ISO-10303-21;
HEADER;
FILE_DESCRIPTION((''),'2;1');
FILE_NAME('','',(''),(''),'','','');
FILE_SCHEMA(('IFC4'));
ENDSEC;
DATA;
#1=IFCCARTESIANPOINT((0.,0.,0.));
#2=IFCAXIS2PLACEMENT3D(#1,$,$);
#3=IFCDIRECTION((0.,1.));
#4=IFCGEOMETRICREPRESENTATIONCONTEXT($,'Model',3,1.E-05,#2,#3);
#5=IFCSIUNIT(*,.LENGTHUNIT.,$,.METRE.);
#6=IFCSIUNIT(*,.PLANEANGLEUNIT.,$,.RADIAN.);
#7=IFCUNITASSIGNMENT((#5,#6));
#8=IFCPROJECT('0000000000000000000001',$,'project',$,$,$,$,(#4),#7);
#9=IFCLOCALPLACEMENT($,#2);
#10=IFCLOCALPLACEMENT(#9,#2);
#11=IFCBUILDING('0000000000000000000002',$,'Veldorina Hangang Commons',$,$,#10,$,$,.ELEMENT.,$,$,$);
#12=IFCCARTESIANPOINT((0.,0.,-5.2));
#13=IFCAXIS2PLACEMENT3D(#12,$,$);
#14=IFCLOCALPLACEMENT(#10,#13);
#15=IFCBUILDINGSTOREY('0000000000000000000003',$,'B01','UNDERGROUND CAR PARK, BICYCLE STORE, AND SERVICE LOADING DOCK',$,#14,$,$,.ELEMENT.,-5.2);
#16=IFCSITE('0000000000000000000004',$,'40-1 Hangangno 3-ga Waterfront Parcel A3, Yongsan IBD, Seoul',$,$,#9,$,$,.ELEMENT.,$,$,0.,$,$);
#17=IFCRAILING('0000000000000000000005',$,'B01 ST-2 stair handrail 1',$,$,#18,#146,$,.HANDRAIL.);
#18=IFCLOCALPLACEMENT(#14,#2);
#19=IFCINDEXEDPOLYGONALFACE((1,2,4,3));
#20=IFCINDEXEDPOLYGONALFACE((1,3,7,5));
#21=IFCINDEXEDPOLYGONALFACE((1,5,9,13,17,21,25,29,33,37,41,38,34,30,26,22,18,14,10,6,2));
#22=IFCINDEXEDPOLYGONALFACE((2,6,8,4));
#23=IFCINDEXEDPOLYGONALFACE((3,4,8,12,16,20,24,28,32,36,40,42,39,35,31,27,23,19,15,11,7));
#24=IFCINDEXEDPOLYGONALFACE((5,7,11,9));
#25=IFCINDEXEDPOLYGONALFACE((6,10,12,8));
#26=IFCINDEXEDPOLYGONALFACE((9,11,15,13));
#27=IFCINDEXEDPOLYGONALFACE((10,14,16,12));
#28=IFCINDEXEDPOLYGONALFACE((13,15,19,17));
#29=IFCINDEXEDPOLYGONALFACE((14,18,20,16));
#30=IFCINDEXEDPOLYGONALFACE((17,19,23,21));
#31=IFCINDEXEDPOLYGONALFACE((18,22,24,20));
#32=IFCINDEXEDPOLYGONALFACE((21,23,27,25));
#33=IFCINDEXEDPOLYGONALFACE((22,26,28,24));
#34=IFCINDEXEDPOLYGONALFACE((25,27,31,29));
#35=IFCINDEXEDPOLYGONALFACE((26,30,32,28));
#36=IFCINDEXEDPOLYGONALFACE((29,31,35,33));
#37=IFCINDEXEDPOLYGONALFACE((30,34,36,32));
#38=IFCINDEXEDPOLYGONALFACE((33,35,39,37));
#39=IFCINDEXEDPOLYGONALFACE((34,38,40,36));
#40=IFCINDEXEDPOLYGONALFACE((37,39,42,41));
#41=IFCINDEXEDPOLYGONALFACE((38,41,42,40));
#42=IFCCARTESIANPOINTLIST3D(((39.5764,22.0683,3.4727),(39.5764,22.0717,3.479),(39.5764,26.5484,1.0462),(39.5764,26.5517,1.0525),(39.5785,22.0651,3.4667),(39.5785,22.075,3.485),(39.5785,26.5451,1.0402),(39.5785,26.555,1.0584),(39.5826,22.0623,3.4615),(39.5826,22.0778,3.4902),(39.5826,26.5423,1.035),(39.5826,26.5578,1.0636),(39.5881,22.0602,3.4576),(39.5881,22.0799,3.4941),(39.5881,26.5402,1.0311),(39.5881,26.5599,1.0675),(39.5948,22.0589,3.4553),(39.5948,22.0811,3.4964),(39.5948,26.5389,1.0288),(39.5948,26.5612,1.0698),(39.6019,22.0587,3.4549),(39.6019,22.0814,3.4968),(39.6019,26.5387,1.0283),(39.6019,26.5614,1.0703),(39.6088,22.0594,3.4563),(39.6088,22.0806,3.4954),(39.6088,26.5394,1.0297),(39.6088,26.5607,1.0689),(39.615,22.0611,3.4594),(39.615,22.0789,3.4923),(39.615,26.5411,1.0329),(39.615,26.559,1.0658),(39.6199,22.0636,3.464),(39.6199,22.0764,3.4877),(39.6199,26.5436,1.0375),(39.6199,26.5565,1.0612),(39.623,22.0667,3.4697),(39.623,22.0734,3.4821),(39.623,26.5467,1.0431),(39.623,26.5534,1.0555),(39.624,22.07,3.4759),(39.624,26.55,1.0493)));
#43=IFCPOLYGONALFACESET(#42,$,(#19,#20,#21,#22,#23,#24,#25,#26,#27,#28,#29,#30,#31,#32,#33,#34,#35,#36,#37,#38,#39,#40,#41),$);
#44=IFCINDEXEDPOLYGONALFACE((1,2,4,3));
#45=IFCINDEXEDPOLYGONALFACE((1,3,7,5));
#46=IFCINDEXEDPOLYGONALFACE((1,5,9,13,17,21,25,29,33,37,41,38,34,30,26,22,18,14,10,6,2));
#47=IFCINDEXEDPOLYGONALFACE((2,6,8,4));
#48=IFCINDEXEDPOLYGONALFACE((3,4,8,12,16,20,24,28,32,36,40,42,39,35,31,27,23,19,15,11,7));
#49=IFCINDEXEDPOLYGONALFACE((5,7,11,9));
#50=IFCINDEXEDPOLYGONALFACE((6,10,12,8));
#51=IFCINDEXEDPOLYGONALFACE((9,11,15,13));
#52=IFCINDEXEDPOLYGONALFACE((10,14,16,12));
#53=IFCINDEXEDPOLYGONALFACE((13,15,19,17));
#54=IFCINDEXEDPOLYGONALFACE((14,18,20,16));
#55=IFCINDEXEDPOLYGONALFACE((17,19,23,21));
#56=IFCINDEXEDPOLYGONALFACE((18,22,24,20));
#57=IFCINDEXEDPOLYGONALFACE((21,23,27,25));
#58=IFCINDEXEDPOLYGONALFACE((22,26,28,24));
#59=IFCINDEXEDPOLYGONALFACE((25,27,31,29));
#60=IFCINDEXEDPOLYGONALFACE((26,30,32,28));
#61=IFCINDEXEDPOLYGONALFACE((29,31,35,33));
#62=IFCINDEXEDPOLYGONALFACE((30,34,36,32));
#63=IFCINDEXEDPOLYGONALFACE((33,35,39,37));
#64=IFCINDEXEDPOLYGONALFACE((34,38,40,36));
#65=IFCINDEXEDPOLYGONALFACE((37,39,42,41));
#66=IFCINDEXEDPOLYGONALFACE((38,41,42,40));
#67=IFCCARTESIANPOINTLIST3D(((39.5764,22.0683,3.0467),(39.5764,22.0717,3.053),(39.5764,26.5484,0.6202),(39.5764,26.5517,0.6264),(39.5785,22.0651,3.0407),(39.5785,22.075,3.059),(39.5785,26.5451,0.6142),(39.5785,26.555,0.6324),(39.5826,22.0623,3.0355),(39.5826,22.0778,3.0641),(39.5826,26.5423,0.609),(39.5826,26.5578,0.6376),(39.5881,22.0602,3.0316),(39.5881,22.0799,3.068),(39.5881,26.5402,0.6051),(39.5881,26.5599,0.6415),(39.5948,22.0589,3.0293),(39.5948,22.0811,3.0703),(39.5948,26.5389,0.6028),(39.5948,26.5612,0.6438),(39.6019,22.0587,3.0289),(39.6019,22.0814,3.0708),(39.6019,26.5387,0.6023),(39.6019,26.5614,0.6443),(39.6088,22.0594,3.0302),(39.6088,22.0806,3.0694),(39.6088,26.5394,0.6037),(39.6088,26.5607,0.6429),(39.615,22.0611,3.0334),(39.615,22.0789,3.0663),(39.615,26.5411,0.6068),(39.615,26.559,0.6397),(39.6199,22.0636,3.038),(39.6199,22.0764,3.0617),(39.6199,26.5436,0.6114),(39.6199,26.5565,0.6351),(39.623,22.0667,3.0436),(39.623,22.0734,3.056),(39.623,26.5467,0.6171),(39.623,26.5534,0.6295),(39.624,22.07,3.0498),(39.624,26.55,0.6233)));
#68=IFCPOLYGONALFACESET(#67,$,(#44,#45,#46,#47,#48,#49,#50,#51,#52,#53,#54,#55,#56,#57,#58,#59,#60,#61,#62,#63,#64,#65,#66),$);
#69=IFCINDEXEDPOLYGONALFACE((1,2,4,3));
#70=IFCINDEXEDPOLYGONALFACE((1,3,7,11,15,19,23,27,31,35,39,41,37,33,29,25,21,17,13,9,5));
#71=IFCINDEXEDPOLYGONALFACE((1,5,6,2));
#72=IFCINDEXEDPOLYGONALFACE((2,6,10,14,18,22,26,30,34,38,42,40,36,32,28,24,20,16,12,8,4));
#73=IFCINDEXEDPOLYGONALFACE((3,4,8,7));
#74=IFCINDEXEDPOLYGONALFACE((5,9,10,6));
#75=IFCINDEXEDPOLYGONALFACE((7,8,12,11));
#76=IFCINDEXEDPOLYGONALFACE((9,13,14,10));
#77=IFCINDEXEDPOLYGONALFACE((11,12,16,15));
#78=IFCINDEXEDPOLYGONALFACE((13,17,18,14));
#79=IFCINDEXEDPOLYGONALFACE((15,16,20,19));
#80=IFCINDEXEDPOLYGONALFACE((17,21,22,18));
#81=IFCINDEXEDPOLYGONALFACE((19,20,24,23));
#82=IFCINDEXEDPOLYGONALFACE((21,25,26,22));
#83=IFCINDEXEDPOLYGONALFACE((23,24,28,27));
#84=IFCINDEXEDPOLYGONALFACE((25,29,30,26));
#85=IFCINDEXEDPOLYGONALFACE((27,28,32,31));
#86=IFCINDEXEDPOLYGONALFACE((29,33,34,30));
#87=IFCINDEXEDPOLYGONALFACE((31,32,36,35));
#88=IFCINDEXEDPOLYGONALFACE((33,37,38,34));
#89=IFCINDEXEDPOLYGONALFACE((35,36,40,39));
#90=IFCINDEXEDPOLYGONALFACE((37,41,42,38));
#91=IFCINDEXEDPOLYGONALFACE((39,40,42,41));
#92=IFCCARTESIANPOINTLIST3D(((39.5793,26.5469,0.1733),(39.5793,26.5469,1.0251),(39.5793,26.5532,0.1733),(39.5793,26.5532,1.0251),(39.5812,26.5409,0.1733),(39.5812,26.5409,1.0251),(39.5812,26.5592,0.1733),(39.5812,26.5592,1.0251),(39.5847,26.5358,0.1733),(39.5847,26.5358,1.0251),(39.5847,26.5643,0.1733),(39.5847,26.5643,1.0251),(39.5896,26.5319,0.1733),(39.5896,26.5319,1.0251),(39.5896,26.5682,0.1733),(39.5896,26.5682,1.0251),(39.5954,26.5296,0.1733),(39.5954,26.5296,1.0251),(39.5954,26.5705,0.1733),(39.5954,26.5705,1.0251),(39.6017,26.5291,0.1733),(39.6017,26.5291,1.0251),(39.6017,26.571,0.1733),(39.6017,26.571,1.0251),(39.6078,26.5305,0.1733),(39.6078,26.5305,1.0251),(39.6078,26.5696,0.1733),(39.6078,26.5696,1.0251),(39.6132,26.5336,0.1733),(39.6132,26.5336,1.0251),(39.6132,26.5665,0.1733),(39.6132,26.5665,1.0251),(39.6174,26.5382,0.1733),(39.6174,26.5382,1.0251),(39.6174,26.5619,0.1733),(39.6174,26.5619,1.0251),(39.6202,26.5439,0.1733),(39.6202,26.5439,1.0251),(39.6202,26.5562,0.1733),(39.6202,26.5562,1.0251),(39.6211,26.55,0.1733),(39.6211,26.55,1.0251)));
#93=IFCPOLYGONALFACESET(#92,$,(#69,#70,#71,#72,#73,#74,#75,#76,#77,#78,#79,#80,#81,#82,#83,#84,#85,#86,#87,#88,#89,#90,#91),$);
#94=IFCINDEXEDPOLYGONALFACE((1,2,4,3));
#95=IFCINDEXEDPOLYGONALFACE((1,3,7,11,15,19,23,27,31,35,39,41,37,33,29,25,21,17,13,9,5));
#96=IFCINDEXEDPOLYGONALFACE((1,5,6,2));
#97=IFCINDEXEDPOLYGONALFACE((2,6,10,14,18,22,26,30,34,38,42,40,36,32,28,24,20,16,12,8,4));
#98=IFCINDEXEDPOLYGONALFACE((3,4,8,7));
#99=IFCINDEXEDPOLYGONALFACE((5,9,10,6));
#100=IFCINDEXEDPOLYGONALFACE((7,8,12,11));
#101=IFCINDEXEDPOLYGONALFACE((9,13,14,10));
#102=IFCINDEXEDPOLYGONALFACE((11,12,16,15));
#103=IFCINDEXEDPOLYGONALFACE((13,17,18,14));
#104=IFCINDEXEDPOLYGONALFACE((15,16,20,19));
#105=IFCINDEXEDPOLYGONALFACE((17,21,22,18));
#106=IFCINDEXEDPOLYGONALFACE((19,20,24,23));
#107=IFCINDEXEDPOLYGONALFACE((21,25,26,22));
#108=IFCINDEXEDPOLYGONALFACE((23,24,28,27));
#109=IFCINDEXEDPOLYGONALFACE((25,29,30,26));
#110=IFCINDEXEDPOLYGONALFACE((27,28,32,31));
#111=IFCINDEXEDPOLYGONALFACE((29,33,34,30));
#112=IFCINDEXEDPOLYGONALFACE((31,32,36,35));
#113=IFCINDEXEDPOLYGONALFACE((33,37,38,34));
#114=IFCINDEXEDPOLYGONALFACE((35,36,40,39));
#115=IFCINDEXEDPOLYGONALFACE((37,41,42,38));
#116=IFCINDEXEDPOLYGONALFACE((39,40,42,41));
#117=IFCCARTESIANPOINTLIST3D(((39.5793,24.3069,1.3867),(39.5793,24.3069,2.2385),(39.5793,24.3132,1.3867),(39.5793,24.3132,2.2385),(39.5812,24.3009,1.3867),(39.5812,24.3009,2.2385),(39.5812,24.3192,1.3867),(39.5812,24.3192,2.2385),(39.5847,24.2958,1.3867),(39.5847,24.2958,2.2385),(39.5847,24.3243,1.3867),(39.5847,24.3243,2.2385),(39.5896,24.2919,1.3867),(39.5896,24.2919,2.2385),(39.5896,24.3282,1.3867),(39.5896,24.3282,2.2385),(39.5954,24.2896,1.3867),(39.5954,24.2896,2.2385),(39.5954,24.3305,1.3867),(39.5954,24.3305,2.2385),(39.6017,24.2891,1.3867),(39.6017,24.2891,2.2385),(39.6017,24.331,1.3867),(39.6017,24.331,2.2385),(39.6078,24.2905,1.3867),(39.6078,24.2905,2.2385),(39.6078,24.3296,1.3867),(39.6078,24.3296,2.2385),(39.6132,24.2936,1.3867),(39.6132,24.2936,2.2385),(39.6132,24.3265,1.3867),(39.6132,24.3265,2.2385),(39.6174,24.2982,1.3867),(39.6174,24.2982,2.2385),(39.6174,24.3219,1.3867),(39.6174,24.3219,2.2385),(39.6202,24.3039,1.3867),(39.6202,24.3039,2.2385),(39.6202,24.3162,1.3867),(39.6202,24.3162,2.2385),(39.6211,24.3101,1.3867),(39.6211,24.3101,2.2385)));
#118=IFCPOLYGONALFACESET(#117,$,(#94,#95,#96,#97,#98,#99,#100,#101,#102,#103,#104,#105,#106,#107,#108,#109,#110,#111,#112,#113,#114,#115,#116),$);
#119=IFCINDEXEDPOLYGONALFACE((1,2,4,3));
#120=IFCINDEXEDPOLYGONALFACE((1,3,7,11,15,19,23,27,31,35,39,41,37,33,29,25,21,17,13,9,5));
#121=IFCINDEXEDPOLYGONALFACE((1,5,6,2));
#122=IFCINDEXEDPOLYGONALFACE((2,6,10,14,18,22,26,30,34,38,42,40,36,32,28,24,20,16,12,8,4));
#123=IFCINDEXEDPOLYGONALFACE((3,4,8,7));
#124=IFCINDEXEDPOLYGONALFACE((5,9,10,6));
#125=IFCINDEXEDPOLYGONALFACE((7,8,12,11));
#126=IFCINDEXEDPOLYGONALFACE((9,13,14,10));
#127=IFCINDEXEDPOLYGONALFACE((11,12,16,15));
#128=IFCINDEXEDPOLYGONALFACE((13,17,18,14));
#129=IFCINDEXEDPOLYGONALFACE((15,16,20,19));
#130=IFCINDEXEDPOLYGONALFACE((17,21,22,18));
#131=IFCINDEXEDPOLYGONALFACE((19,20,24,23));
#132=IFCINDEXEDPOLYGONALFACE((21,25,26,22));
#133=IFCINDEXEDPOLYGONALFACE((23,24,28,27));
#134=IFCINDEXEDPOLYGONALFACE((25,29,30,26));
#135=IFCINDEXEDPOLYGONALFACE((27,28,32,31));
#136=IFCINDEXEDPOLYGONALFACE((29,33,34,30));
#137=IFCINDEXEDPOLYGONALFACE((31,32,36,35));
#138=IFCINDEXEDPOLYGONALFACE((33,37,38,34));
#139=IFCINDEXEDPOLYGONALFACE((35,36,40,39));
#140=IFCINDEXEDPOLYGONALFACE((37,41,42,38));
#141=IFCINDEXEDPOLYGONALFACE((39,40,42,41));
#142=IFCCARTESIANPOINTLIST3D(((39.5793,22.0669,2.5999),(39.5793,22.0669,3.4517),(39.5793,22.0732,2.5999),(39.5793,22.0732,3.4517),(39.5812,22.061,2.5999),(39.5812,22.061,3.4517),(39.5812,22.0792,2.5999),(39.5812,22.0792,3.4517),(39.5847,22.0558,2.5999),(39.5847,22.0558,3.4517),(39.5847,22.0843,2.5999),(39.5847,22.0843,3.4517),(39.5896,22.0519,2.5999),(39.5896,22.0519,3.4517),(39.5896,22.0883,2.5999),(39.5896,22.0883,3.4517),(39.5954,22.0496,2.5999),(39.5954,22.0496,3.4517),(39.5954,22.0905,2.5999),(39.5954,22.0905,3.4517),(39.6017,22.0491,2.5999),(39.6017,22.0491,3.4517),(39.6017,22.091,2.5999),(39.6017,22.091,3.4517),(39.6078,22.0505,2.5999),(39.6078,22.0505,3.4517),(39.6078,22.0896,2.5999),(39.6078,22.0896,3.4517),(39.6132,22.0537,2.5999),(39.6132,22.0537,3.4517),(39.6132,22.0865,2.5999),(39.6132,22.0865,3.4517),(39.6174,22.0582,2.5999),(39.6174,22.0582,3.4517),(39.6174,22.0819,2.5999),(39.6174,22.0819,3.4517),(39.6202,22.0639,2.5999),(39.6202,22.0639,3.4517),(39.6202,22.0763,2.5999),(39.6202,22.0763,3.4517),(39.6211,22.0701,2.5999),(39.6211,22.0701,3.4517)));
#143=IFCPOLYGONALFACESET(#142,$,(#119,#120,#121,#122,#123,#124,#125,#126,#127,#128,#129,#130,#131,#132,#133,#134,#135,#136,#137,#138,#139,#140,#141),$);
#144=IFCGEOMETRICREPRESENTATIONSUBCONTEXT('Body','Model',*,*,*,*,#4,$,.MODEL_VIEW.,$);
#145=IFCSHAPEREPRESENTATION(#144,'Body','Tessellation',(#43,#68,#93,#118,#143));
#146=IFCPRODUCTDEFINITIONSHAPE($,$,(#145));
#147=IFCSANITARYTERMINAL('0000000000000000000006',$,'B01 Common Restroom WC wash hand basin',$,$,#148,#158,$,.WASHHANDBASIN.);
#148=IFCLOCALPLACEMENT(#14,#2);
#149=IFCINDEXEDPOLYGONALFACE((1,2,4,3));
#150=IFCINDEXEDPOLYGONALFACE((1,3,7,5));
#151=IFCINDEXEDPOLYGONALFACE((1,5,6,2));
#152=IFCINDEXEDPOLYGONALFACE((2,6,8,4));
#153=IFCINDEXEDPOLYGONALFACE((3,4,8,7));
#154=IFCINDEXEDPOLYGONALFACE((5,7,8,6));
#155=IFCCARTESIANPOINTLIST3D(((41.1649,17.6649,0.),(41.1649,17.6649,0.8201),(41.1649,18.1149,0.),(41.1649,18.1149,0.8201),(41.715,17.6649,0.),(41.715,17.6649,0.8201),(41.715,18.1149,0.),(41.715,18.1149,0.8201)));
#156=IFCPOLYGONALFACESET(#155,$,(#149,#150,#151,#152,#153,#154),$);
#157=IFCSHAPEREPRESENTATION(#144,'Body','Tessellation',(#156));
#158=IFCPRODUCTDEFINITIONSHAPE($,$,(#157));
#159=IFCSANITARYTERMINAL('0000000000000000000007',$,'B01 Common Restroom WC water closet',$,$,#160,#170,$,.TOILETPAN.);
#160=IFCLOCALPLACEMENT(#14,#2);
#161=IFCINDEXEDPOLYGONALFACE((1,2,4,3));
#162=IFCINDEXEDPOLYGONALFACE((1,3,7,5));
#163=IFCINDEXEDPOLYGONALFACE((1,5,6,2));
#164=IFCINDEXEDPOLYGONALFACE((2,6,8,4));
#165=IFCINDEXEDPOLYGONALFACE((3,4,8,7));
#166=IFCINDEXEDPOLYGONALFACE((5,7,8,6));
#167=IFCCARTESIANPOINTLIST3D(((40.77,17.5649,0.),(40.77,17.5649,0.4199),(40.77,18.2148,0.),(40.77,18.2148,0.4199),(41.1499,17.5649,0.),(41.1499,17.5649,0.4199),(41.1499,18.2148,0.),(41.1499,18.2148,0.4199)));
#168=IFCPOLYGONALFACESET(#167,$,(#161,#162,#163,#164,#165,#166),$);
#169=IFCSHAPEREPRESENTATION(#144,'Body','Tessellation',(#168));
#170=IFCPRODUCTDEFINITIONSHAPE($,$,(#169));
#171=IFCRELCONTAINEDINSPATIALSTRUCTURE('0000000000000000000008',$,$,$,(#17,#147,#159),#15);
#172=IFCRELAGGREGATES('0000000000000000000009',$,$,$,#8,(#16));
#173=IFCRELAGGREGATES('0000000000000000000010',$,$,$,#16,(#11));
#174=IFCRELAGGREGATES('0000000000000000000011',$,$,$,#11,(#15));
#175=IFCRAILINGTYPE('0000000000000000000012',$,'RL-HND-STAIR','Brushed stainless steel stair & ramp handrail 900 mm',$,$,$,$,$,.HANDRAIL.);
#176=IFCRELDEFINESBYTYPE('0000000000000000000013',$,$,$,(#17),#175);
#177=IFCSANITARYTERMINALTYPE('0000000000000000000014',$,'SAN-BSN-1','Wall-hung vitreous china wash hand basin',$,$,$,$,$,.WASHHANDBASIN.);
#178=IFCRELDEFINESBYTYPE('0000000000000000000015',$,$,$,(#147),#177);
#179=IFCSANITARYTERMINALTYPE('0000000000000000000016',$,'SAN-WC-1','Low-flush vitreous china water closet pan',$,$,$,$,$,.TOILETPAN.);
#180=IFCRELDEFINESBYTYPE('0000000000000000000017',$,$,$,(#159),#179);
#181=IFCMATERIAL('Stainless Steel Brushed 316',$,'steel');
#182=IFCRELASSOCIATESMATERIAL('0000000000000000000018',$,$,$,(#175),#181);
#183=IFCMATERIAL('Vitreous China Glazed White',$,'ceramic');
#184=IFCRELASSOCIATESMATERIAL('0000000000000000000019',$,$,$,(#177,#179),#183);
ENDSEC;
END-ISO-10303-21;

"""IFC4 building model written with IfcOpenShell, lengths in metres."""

from ifc_helpers import new_model, si_unit, direction, frame, origin, origin_2d, place, context, subcontext, project, spatial, rectangle, circle, extrude, material, type_object, element, save


model = new_model("IFC4")

# Units and contexts
model_context = context("Model", 3, precision=1e-05, world=origin(), true_north=direction((0.0, 1.0)))
body_context = subcontext(model_context, "Body", "Model", "MODEL_VIEW")
ifc_project = project(units=[si_unit("LENGTHUNIT", "METRE"), si_unit("PLANEANGLEUNIT", "RADIAN")], contexts=[model_context])

# Site, building, storey
site_placement = place(None, origin())
site = spatial("IfcSite", under=ifc_project, at=site_placement, Name="40-1 Hangangno 3-ga Waterfront Parcel A3, Yongsan IBD, Seoul", CompositionType="ELEMENT", RefElevation=0.0)
building_placement = place(site_placement, origin())
building = spatial("IfcBuilding", under=site, at=building_placement, Name="Veldorina Hangang Commons", CompositionType="ELEMENT")
storey_placement = place(building_placement, frame((0.0, 0.0, -5.2)))
storey = spatial("IfcBuildingStorey", under=building, at=storey_placement, Name="B01", Description="UNDERGROUND CAR PARK, BICYCLE STORE, AND SERVICE LOADING DOCK", CompositionType="ELEMENT", Elevation=-5.2)

# Railing
ifc_material_1 = material(Name="Stainless Steel Brushed 316", Category="steel")
railing_type_1 = type_object("IfcRailingType", Name="RL-HND-STAIR", Description="Brushed stainless steel stair & ramp handrail 900 mm", PredefinedType="HANDRAIL", material=ifc_material_1)
railing_1_placement = place(storey_placement, frame((39.6001, 26.55, 0.1733)))
element("IfcRailing", 1, at=railing_1_placement, inside=storey, type_object=railing_type_1, Name="B01 ST-2 stair handrail 1", PredefinedType="HANDRAIL", context=body_context, shape_type="SweptSolid", body=[
    extrude(circle(Radius=0.0239, at=origin_2d()), frame((0.0, 0.0, 0.876), z_axis=(0.0, -0.879304, 0.476262), x_axis=(1.0, 0.0, 0.0)), (0.0, 0.0, 1.0), 5.095),
    extrude(circle(Radius=0.0239, at=origin_2d()), frame((0.0, 0.0, 0.45), z_axis=(0.0, -0.879304, 0.476262), x_axis=(1.0, 0.0, 0.0)), (0.0, 0.0, 1.0), 5.095),
    extrude(circle(Radius=0.021, at=origin_2d()), origin(), (0.0, 0.0, 1.0), 0.8518),
    extrude(circle(Radius=0.021, at=origin_2d()), frame((0.0, -2.24, 1.2134)), (0.0, 0.0, 1.0), 0.8518),
    extrude(circle(Radius=0.021, at=origin_2d()), frame((0.0, -4.48, 2.4265)), (0.0, 0.0, 1.0), 0.8518),
])

# Sanitary terminals
ifc_material_2 = material(Name="Vitreous China Glazed White", Category="ceramic")
sanitary_terminal_type_1 = type_object("IfcSanitaryTerminalType", Name="SAN-BSN-1", Description="Wall-hung vitreous china wash hand basin", PredefinedType="WASHHANDBASIN", material=ifc_material_2)
sanitary_terminal_1_placement = place(storey_placement, frame((41.4399, 17.8899, 0.0), z_axis=(0.0, 0.0, 1.0), x_axis=(1.0, 0.0, 0.0)))
element("IfcSanitaryTerminal", 2, at=sanitary_terminal_1_placement, inside=storey, type_object=sanitary_terminal_type_1, Name="B01 Common Restroom WC wash hand basin", PredefinedType="WASHHANDBASIN", context=body_context, shape_type="SweptSolid", body=[
    extrude(rectangle(XDim=0.55, YDim=0.45, at=origin_2d()), origin(), (0.0, 0.0, 1.0), 0.8201),
])
sanitary_terminal_type_2 = type_object("IfcSanitaryTerminalType", Name="SAN-WC-1", Description="Low-flush vitreous china water closet pan", PredefinedType="TOILETPAN", material=ifc_material_2)
sanitary_terminal_2_placement = place(storey_placement, frame((40.96, 17.8899, 0.0), z_axis=(0.0, 0.0, 1.0), x_axis=(1.0, 0.0, 0.0)))
element("IfcSanitaryTerminal", 3, at=sanitary_terminal_2_placement, inside=storey, type_object=sanitary_terminal_type_2, Name="B01 Common Restroom WC water closet", PredefinedType="TOILETPAN", context=body_context, shape_type="SweptSolid", body=[
    extrude(rectangle(XDim=0.3799, YDim=0.6499, at=origin_2d()), origin(), (0.0, 0.0, 1.0), 0.4199),
])

save(model, "model.ifc")
